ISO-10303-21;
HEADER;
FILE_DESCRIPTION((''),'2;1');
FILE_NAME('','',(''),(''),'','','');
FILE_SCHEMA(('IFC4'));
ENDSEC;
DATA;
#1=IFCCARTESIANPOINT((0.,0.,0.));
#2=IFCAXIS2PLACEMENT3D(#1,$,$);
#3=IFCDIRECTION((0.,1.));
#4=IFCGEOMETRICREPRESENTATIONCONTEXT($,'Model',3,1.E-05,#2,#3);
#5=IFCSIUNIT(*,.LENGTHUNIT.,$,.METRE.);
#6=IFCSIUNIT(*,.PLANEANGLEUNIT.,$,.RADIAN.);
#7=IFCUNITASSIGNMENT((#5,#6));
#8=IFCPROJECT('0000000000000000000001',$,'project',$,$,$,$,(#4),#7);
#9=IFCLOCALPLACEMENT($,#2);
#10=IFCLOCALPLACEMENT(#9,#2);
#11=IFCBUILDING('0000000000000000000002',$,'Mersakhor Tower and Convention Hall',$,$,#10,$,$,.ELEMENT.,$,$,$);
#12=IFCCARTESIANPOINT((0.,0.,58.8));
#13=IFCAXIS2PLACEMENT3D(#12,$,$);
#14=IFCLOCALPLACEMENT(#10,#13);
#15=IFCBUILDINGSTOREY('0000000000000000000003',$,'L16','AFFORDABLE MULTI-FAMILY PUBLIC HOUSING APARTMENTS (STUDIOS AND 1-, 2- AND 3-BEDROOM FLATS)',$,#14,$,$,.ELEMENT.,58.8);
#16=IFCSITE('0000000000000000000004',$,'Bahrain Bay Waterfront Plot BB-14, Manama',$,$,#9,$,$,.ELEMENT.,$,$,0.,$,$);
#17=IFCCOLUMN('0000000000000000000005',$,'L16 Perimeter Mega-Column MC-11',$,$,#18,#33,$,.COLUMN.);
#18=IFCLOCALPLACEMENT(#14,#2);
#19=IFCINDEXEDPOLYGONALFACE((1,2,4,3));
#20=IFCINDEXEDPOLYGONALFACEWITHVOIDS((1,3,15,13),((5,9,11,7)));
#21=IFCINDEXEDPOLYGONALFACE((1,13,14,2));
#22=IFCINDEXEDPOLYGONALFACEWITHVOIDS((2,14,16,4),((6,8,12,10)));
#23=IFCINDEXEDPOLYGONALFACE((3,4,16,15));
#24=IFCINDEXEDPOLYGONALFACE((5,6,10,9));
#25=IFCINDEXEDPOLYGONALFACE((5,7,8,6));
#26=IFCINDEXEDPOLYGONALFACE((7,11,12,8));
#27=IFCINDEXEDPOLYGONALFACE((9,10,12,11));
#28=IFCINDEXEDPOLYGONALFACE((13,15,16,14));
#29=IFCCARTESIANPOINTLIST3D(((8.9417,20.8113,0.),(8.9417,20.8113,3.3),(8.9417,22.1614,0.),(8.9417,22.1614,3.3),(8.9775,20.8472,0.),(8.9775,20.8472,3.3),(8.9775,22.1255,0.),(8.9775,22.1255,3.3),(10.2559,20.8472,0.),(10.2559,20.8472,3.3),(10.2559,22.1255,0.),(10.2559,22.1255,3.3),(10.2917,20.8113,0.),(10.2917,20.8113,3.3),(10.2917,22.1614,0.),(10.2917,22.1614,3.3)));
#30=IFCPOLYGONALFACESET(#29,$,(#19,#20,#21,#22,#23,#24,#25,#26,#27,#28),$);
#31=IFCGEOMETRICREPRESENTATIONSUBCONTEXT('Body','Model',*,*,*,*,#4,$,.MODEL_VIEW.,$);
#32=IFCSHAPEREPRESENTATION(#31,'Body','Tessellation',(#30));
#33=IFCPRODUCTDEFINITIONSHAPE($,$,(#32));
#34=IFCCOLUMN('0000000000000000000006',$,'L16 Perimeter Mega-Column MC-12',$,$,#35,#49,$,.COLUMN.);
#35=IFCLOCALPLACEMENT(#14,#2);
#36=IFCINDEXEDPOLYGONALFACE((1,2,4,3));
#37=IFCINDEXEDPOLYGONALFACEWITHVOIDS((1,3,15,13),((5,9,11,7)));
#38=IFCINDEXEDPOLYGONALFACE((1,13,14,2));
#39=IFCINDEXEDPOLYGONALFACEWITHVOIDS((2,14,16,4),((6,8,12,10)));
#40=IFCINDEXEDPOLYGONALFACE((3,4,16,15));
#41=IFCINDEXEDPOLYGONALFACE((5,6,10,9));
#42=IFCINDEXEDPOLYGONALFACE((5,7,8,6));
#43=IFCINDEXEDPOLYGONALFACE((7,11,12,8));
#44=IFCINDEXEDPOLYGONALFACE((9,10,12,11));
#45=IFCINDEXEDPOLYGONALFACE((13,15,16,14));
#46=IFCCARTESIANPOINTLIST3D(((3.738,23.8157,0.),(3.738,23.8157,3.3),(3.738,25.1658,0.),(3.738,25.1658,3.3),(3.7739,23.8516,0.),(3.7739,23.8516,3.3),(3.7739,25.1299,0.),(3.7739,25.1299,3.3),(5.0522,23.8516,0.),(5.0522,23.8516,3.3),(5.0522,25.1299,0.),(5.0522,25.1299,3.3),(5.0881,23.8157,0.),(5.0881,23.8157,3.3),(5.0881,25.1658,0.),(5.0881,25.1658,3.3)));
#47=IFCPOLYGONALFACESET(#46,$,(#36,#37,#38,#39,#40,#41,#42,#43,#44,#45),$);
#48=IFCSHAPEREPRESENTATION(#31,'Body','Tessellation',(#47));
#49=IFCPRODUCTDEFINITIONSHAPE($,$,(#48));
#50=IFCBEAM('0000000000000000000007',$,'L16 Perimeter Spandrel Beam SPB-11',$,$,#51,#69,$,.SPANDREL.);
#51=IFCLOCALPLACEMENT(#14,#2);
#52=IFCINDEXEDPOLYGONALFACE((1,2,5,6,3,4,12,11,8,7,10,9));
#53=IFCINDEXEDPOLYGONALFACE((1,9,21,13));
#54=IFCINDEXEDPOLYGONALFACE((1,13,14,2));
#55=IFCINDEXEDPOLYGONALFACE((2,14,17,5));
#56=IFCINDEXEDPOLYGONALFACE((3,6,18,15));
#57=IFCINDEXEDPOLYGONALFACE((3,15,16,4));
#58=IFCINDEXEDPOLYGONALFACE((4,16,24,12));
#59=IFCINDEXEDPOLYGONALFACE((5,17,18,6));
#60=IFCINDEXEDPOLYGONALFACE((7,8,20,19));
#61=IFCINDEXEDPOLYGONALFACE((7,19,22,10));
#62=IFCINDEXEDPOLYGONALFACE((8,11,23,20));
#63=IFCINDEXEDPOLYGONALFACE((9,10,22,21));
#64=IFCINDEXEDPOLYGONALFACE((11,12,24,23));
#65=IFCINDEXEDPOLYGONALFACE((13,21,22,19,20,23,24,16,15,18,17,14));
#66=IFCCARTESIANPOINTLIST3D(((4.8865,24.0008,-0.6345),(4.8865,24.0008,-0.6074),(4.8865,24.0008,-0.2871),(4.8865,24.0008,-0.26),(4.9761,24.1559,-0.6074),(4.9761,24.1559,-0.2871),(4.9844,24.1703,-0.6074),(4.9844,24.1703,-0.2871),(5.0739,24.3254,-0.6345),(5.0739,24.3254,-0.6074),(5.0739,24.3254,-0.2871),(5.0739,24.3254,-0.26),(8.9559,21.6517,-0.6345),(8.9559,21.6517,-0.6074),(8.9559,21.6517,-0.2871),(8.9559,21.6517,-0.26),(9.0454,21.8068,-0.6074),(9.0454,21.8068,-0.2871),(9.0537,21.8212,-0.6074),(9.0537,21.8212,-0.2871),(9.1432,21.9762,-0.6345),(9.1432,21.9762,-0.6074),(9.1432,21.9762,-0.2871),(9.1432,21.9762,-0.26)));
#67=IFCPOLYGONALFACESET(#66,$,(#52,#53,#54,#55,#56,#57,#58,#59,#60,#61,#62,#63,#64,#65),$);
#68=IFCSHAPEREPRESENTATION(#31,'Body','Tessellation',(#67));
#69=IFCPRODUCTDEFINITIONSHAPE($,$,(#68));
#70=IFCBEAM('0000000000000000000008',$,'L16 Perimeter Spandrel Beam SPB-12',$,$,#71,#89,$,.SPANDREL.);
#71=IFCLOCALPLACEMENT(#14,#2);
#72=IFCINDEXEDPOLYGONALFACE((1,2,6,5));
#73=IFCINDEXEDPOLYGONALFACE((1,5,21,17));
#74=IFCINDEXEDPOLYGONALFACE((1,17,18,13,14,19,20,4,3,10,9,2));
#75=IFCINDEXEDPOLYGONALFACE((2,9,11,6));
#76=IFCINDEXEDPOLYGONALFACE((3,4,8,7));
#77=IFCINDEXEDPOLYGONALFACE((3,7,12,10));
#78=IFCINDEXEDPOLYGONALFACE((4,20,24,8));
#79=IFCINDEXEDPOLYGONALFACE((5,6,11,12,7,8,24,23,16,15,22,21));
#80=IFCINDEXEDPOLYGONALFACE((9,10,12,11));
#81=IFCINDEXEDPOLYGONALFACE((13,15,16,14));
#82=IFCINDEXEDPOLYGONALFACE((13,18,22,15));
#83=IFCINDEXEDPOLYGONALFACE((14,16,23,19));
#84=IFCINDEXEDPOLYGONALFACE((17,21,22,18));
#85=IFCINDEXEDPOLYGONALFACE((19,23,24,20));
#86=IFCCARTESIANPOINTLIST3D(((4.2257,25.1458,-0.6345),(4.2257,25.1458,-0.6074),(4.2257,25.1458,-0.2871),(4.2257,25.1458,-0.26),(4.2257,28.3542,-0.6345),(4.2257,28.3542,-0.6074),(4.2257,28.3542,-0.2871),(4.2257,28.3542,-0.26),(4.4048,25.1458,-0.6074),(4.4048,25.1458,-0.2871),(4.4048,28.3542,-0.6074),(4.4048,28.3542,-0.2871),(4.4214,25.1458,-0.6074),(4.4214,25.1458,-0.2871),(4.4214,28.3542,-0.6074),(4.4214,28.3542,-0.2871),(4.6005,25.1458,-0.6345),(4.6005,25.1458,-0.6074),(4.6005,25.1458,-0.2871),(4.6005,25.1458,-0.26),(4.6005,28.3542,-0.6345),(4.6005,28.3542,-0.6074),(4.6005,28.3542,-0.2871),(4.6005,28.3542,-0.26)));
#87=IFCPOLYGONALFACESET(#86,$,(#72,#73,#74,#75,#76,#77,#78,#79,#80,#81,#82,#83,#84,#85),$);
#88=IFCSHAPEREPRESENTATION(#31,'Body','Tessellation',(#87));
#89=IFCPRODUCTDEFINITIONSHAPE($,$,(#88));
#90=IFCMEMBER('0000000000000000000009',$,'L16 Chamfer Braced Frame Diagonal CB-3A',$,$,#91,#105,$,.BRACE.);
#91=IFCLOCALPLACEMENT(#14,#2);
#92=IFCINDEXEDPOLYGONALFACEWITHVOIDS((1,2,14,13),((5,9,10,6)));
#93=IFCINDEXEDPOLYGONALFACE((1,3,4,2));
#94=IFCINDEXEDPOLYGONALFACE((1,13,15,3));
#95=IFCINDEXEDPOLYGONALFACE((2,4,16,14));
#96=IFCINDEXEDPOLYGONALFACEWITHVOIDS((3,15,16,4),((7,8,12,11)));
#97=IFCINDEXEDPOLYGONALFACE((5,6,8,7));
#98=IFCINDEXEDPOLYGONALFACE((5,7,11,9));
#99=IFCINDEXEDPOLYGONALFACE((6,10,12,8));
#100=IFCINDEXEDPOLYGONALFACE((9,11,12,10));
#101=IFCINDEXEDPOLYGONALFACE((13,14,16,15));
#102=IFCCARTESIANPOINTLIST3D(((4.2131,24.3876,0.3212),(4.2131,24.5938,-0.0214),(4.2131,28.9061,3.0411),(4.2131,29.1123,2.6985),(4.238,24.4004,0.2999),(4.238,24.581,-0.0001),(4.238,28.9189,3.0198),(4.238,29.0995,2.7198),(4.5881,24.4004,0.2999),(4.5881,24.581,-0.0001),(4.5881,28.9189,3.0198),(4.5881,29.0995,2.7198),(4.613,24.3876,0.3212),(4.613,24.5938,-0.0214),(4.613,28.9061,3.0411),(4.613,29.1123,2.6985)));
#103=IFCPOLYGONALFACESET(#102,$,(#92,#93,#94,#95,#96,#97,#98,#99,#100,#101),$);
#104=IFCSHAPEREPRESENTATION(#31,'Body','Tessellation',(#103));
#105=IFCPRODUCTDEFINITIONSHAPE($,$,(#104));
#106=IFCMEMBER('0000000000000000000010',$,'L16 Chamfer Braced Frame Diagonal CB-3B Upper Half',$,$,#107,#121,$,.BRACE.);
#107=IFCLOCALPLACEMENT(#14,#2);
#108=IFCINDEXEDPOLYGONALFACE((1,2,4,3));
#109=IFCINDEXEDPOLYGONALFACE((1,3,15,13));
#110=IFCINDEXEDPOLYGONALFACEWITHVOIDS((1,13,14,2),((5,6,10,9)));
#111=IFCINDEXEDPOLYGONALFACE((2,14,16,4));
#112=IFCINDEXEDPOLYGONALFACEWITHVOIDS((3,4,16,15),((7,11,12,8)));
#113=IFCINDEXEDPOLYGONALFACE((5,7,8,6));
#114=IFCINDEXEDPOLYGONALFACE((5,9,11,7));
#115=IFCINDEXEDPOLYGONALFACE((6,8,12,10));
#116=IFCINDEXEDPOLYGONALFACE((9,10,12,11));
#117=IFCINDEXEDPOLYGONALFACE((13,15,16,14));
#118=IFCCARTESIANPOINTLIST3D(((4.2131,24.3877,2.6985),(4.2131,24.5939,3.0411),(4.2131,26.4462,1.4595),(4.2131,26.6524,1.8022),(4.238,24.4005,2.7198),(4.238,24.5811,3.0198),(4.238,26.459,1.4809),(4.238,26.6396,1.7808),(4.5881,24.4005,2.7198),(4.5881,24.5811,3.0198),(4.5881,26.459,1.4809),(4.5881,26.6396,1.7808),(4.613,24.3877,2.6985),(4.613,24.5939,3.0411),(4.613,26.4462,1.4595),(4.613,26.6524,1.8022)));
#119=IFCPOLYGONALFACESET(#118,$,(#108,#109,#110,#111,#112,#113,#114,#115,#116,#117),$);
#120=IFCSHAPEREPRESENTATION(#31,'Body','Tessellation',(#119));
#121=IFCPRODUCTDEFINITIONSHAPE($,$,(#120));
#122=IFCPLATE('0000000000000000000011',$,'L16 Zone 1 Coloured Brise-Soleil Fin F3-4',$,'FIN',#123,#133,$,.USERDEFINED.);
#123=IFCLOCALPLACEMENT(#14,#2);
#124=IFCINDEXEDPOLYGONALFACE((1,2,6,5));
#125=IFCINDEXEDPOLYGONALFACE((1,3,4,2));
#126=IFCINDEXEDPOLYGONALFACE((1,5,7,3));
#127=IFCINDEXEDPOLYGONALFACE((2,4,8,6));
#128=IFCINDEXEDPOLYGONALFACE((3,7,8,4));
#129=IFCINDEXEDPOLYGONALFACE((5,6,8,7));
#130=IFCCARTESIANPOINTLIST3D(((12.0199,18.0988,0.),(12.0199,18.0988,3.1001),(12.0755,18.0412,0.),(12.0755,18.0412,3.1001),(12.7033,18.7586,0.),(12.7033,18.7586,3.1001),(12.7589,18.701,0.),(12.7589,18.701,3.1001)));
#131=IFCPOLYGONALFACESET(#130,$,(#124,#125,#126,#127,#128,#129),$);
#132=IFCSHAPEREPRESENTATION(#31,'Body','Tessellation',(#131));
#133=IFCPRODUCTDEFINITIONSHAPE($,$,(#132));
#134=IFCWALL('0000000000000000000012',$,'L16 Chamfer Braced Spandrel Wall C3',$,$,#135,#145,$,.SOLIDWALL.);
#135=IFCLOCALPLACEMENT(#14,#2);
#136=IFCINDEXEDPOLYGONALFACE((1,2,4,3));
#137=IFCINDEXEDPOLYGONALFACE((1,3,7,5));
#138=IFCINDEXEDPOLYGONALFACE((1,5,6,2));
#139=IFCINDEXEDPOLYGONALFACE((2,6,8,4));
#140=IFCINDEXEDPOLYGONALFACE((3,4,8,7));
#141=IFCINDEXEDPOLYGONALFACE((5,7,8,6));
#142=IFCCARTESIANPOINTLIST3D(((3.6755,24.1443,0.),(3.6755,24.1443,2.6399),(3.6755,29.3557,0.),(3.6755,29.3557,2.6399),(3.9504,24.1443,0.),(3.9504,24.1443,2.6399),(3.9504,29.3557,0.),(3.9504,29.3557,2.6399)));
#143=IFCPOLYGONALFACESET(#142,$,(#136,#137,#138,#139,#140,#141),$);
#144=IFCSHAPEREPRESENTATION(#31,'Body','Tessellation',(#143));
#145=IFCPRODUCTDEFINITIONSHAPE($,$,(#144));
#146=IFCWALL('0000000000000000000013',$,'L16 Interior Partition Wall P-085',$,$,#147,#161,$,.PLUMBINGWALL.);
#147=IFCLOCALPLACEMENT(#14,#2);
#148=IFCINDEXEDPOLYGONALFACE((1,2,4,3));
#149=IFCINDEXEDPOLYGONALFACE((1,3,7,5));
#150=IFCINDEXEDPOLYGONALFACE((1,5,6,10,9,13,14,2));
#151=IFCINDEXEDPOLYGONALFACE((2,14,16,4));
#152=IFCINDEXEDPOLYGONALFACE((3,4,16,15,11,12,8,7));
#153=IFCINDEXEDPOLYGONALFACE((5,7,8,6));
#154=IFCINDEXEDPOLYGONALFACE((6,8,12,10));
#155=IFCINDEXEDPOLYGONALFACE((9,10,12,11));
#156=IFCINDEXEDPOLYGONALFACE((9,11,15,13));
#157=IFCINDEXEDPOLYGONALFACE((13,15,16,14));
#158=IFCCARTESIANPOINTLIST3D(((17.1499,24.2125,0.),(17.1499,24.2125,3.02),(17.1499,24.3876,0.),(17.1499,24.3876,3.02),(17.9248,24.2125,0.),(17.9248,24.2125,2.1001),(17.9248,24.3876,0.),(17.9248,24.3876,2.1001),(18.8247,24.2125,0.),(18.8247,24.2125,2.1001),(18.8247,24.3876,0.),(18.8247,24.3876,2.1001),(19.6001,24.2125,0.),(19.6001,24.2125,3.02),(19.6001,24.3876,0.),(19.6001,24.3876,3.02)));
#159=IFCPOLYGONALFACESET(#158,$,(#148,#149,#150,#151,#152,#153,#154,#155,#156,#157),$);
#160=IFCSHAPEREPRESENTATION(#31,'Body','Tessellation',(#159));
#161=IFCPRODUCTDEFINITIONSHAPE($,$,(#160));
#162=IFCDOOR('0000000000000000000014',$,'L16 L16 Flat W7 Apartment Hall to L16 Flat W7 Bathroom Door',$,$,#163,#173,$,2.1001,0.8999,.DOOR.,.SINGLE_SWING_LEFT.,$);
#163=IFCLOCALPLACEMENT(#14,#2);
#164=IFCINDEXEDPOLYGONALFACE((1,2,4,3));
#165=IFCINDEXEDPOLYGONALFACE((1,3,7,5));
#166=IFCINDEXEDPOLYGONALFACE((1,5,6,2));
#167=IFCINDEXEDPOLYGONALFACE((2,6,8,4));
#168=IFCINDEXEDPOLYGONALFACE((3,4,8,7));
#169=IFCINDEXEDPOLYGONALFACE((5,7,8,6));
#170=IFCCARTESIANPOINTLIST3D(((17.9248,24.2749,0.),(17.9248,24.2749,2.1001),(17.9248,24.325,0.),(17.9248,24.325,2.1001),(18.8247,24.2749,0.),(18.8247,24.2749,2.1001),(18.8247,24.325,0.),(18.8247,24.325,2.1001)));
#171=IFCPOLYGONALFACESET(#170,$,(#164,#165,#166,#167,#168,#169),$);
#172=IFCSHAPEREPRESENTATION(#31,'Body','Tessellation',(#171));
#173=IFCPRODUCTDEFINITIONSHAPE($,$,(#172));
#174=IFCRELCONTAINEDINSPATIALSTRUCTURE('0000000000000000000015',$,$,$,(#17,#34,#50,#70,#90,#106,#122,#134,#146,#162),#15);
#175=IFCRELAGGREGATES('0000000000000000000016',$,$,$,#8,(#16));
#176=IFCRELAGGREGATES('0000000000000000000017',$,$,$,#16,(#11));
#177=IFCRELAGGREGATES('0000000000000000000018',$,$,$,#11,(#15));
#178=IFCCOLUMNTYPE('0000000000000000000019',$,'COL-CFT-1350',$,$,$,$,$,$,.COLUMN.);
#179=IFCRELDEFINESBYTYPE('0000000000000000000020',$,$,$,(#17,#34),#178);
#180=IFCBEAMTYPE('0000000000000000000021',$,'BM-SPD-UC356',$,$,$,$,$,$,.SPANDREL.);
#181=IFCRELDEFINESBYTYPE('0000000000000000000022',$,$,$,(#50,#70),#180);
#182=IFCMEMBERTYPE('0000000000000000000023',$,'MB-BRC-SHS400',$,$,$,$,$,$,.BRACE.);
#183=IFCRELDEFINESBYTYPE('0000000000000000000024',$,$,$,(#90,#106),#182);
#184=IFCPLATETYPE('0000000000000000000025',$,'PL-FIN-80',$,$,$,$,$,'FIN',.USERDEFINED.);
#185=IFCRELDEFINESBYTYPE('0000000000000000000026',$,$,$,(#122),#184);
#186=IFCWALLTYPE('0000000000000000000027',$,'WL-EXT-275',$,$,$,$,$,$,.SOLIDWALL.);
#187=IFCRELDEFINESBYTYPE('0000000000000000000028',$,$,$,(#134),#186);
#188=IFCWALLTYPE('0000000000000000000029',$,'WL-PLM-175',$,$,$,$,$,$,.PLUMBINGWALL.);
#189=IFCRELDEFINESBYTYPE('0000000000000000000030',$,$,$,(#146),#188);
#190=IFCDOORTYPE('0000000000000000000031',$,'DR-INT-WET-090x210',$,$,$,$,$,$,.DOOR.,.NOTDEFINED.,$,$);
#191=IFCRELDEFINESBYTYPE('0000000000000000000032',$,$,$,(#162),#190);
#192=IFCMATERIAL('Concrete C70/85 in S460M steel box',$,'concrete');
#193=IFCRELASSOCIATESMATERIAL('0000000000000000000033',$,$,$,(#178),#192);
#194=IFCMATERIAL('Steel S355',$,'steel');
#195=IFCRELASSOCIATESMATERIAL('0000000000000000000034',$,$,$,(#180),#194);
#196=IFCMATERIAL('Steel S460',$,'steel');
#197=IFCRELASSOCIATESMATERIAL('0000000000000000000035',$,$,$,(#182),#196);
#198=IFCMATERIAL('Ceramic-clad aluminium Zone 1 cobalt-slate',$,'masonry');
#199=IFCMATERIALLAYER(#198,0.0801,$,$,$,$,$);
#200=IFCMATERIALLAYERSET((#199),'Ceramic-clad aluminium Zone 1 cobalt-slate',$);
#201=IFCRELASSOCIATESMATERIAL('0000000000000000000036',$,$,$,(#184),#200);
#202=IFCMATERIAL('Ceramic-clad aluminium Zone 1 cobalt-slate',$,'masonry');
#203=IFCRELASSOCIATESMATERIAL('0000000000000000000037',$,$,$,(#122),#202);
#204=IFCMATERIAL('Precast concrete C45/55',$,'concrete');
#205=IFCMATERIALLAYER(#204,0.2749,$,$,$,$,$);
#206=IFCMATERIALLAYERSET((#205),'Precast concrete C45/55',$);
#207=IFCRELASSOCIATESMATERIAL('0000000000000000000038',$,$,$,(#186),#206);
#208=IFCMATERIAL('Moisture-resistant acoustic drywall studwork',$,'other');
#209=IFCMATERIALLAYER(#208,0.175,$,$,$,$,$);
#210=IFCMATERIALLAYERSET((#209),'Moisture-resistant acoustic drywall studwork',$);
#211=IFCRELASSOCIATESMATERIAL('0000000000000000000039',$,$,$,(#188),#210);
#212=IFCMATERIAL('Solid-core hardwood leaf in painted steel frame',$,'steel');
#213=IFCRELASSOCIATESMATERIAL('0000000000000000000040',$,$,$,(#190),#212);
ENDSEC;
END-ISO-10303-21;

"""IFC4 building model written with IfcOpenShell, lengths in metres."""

from ifc_helpers import new_model, si_unit, direction, frame, frame_2d, origin, origin_2d, place, context, subcontext, project, spatial, rectangle, hollow_rectangle, i_section, extrude, material, layer, layer_set, material_profile, profile_set, type_object, element, fill, save


model = new_model("IFC4")

# Units and contexts
model_context = context("Model", 3, precision=1e-05, world=origin(), true_north=direction((0.0, 1.0)))
body_context = subcontext(model_context, "Body", "Model", "MODEL_VIEW")
ifc_project = project(units=[si_unit("LENGTHUNIT", "METRE"), si_unit("PLANEANGLEUNIT", "RADIAN")], contexts=[model_context])

# Site, building, storey
site_placement = place(None, origin())
site = spatial("IfcSite", under=ifc_project, at=site_placement, Name="Bahrain Bay Waterfront Plot BB-14, Manama", CompositionType="ELEMENT", RefElevation=0.0)
building_placement = place(site_placement, origin())
building = spatial("IfcBuilding", under=site, at=building_placement, Name="Mersakhor Tower and Convention Hall", CompositionType="ELEMENT")
storey_placement = place(building_placement, frame((0.0, 0.0, 58.8)))
storey = spatial("IfcBuildingStorey", under=building, at=storey_placement, Name="L16", Description="AFFORDABLE MULTI-FAMILY PUBLIC HOUSING APARTMENTS (STUDIOS AND 1-, 2- AND 3-BEDROOM FLATS)", CompositionType="ELEMENT", Elevation=58.8)

# Columns
ifc_material_1 = material(Name="Concrete C70/85 in S460M steel box", Category="concrete")
ifc_material_profile_1 = material_profile(ifc_material_1, hollow_rectangle(XDim=1.3501, YDim=1.3501, WallThickness=0.0359, at=origin_2d()), Name="SHS 1350x1350x36")
ifc_profile_set_1 = profile_set([ifc_material_profile_1], Name="Concrete C70/85 in S460M steel box")
column_type = type_object("IfcColumnType", Name="COL-CFT-1350", PredefinedType="COLUMN", material=ifc_profile_set_1)
for number, where, z_axis, x_axis, name in (
    (1, (9.6167, 21.4863, 0.0), (0.0, 0.0, 1.0), (1.0, 0.0, 0.0), "L16 Perimeter Mega-Column MC-11"),
    (2, (4.4131, 24.4907, 0.0), (0.0, 0.0, 1.0), (1.0, 0.0, 0.0), "L16 Perimeter Mega-Column MC-12"),
):
    element("IfcColumn", number, at=place(storey_placement, frame(where, z_axis=z_axis, x_axis=x_axis)), inside=storey, type_object=column_type, Name=name, PredefinedType="COLUMN", context=body_context, shape_type="SweptSolid", body=[
        extrude(hollow_rectangle(XDim=1.3501, YDim=1.3501, WallThickness=0.0359, at=origin_2d()), origin(), (0.0, 0.0, 1.0), 3.3),
    ])

# Beams
ifc_material_2 = material(Name="Steel S355", Category="steel")
ifc_material_profile_2 = material_profile(ifc_material_2, i_section(OverallWidth=0.3748, OverallDepth=0.3745, WebThickness=0.0166, FlangeThickness=0.0271, at=origin_2d()), Name="UC 356x368x202")
ifc_profile_set_2 = profile_set([ifc_material_profile_2], Name="Steel S355")
beam_type = type_object("IfcBeamType", Name="BM-SPD-UC356", PredefinedType="SPANDREL", material=ifc_profile_set_2)
beam_1_placement = place(storey_placement, frame((9.0496, 21.814, -0.4473), z_axis=(-0.866054, 0.49995, 0.0), x_axis=(-0.49995, -0.866054, 0.0)))
element("IfcBeam", 3, at=beam_1_placement, inside=storey, type_object=beam_type, Name="L16 Perimeter Spandrel Beam SPB-11", PredefinedType="SPANDREL", context=body_context, shape_type="SweptSolid", body=[
    extrude(i_section(OverallWidth=0.3748, OverallDepth=0.3745, WebThickness=0.0166, FlangeThickness=0.0271, at=origin_2d()), origin(), (0.0, 0.0, 1.0), 4.6987),
])
beam_2_placement = place(storey_placement, frame((4.4131, 25.1458, -0.4473), z_axis=(0.0, 1.0, 0.0), x_axis=(-1.0, 0.0, 0.0)))
element("IfcBeam", 4, at=beam_2_placement, inside=storey, type_object=beam_type, Name="L16 Perimeter Spandrel Beam SPB-12", PredefinedType="SPANDREL", context=body_context, shape_type="SweptSolid", body=[
    extrude(i_section(OverallWidth=0.3748, OverallDepth=0.3745, WebThickness=0.0166, FlangeThickness=0.0271, at=origin_2d()), origin(), (0.0, 0.0, 1.0), 3.2085),
])

# Members
ifc_material_3 = material(Name="Steel S460", Category="steel")
ifc_material_profile_3 = material_profile(ifc_material_3, hollow_rectangle(XDim=0.3999, YDim=0.3999, WallThickness=0.0249, at=origin_2d()), Name="SHS 400x400x25")
ifc_profile_set_3 = profile_set([ifc_material_profile_3], Name="Steel S460")
member_type = type_object("IfcMemberType", Name="MB-BRC-SHS400", PredefinedType="BRACE", material=ifc_profile_set_3)
member_1_placement = place(storey_placement, frame((4.4131, 24.4907, 0.1499), z_axis=(0.0, 0.856753, 0.515727), x_axis=(-1.0, 0.0, 0.0)))
element("IfcMember", 5, at=member_1_placement, inside=storey, type_object=member_type, Name="L16 Chamfer Braced Frame Diagonal CB-3A", PredefinedType="BRACE", context=body_context, shape_type="SweptSolid", body=[
    extrude(hollow_rectangle(XDim=0.3999, YDim=0.3999, WallThickness=0.0249, at=origin_2d()), origin(), (0.0, 0.0, 1.0), 5.2739),
])
member_2_placement = place(storey_placement, frame((4.4131, 26.5493, 1.6309), z_axis=(0.0, -0.856784, 0.515676), x_axis=(1.0, 0.0, 0.0)))
element("IfcMember", 6, at=member_2_placement, inside=storey, type_object=member_type, Name="L16 Chamfer Braced Frame Diagonal CB-3B Upper Half", PredefinedType="BRACE", context=body_context, shape_type="SweptSolid", body=[
    extrude(hollow_rectangle(XDim=0.3999, YDim=0.3999, WallThickness=0.0249, at=origin_2d()), origin(), (0.0, 0.0, 1.0), 2.4026),
])

# Plate
ifc_material_4 = material(Name="Ceramic-clad aluminium Zone 1 cobalt-slate", Category="masonry")
ifc_material_5 = material(Name="Ceramic-clad aluminium Zone 1 cobalt-slate", Category="masonry")
ifc_layer_1 = layer(ifc_material_5, 0.0801)
ifc_layer_set_1 = layer_set([ifc_layer_1], Name="Ceramic-clad aluminium Zone 1 cobalt-slate")
plate_type = type_object("IfcPlateType", Name="PL-FIN-80", ElementType="FIN", PredefinedType="USERDEFINED", material=ifc_layer_set_1)
plate_placement = place(storey_placement, frame((12.3894, 18.3999, 0.0), z_axis=(0.0, 0.0, 1.0), x_axis=(-0.71934, -0.694658, 0.0)))
element("IfcPlate", 7, at=plate_placement, inside=storey, type_object=plate_type, material=ifc_material_4, Name="L16 Zone 1 Coloured Brise-Soleil Fin F3-4", ObjectType="FIN", PredefinedType="USERDEFINED", context=body_context, shape_type="SweptSolid", body=[
    extrude(rectangle(XDim=0.95, YDim=0.0801, at=origin_2d()), origin(), (0.0, 0.0, 1.0), 3.1001),
])

# Wall
ifc_material_6 = material(Name="Precast concrete C45/55", Category="concrete")
ifc_layer_2 = layer(ifc_material_6, 0.2749)
ifc_layer_set_2 = layer_set([ifc_layer_2], Name="Precast concrete C45/55")
wall_type_1 = type_object("IfcWallType", Name="WL-EXT-275", PredefinedType="SOLIDWALL", material=ifc_layer_set_2)
wall_1_placement = place(storey_placement, frame((3.813, 24.1443, 0.0), z_axis=(0.0, 0.0, 1.0), x_axis=(0.0, 1.0, 0.0)))
element("IfcWall", 8, at=wall_1_placement, inside=storey, type_object=wall_type_1, Name="L16 Chamfer Braced Spandrel Wall C3", PredefinedType="SOLIDWALL", context=body_context, shape_type="SweptSolid", body=[
    extrude(rectangle(XDim=5.2114, YDim=0.2749, at=frame_2d((2.6057, 0.0))), origin(), (0.0, 0.0, 1.0), 2.6399),
])

# Wall, opening, door
ifc_material_7 = material(Name="Moisture-resistant acoustic drywall studwork", Category="other")
ifc_layer_3 = layer(ifc_material_7, 0.175)
ifc_layer_set_3 = layer_set([ifc_layer_3], Name="Moisture-resistant acoustic drywall studwork")
wall_type_2 = type_object("IfcWallType", Name="WL-PLM-175", PredefinedType="PLUMBINGWALL", material=ifc_layer_set_3)
wall_2_placement = place(storey_placement, frame((17.1499, 24.3, 0.0), z_axis=(0.0, 0.0, 1.0), x_axis=(1.0, 0.0, 0.0)))
wall_2 = element("IfcWall", 9, at=wall_2_placement, inside=storey, type_object=wall_type_2, Name="L16 Interior Partition Wall P-085", PredefinedType="PLUMBINGWALL", context=body_context, shape_type="SweptSolid", body=[
    extrude(rectangle(XDim=2.4502, YDim=0.175, at=frame_2d((1.2251, 0.0))), origin(), (0.0, 0.0, 1.0), 3.02),
])
opening_1_placement = place(wall_2_placement, frame((0.7749, 0.0, 0.0)))
opening_1 = element("IfcOpeningElement", 10, at=opening_1_placement, cuts=wall_2, PredefinedType="OPENING", context=body_context, shape_type="SweptSolid", body=[
    extrude(rectangle(XDim=0.8999, YDim=2.1001, at=frame_2d((0.45, 1.05))), frame((0.0, 0.0974, 0.0), z_axis=(0.0, -1.0, 0.0), x_axis=(1.0, 0.0, 0.0)), (0.0, 0.0, 1.0), 0.1951),
])
ifc_material_8 = material(Name="Solid-core hardwood leaf in painted steel frame", Category="steel")
door_type_1 = type_object("IfcDoorType", Name="DR-INT-WET-090x210", OperationType="NOTDEFINED", PredefinedType="DOOR", material=ifc_material_8)
door_1_placement = place(opening_1_placement, origin())
door_1 = element("IfcDoor", 11, at=door_1_placement, inside=storey, type_object=door_type_1, Name="L16 L16 Flat W7 Apartment Hall to L16 Flat W7 Bathroom Door", OperationType="SINGLE_SWING_LEFT", OverallHeight=2.1001, OverallWidth=0.8999, PredefinedType="DOOR", context=body_context, shape_type="SweptSolid", body=[
    extrude(rectangle(XDim=0.8999, YDim=2.1001, at=frame_2d((0.45, 1.05))), frame((0.0, 0.0249, 0.0), z_axis=(0.0, -1.0, 0.0), x_axis=(1.0, 0.0, 0.0)), (0.0, 0.0, 1.0), 0.05),
])
fill(opening_1, door_1)

save(model, "model.ifc")
